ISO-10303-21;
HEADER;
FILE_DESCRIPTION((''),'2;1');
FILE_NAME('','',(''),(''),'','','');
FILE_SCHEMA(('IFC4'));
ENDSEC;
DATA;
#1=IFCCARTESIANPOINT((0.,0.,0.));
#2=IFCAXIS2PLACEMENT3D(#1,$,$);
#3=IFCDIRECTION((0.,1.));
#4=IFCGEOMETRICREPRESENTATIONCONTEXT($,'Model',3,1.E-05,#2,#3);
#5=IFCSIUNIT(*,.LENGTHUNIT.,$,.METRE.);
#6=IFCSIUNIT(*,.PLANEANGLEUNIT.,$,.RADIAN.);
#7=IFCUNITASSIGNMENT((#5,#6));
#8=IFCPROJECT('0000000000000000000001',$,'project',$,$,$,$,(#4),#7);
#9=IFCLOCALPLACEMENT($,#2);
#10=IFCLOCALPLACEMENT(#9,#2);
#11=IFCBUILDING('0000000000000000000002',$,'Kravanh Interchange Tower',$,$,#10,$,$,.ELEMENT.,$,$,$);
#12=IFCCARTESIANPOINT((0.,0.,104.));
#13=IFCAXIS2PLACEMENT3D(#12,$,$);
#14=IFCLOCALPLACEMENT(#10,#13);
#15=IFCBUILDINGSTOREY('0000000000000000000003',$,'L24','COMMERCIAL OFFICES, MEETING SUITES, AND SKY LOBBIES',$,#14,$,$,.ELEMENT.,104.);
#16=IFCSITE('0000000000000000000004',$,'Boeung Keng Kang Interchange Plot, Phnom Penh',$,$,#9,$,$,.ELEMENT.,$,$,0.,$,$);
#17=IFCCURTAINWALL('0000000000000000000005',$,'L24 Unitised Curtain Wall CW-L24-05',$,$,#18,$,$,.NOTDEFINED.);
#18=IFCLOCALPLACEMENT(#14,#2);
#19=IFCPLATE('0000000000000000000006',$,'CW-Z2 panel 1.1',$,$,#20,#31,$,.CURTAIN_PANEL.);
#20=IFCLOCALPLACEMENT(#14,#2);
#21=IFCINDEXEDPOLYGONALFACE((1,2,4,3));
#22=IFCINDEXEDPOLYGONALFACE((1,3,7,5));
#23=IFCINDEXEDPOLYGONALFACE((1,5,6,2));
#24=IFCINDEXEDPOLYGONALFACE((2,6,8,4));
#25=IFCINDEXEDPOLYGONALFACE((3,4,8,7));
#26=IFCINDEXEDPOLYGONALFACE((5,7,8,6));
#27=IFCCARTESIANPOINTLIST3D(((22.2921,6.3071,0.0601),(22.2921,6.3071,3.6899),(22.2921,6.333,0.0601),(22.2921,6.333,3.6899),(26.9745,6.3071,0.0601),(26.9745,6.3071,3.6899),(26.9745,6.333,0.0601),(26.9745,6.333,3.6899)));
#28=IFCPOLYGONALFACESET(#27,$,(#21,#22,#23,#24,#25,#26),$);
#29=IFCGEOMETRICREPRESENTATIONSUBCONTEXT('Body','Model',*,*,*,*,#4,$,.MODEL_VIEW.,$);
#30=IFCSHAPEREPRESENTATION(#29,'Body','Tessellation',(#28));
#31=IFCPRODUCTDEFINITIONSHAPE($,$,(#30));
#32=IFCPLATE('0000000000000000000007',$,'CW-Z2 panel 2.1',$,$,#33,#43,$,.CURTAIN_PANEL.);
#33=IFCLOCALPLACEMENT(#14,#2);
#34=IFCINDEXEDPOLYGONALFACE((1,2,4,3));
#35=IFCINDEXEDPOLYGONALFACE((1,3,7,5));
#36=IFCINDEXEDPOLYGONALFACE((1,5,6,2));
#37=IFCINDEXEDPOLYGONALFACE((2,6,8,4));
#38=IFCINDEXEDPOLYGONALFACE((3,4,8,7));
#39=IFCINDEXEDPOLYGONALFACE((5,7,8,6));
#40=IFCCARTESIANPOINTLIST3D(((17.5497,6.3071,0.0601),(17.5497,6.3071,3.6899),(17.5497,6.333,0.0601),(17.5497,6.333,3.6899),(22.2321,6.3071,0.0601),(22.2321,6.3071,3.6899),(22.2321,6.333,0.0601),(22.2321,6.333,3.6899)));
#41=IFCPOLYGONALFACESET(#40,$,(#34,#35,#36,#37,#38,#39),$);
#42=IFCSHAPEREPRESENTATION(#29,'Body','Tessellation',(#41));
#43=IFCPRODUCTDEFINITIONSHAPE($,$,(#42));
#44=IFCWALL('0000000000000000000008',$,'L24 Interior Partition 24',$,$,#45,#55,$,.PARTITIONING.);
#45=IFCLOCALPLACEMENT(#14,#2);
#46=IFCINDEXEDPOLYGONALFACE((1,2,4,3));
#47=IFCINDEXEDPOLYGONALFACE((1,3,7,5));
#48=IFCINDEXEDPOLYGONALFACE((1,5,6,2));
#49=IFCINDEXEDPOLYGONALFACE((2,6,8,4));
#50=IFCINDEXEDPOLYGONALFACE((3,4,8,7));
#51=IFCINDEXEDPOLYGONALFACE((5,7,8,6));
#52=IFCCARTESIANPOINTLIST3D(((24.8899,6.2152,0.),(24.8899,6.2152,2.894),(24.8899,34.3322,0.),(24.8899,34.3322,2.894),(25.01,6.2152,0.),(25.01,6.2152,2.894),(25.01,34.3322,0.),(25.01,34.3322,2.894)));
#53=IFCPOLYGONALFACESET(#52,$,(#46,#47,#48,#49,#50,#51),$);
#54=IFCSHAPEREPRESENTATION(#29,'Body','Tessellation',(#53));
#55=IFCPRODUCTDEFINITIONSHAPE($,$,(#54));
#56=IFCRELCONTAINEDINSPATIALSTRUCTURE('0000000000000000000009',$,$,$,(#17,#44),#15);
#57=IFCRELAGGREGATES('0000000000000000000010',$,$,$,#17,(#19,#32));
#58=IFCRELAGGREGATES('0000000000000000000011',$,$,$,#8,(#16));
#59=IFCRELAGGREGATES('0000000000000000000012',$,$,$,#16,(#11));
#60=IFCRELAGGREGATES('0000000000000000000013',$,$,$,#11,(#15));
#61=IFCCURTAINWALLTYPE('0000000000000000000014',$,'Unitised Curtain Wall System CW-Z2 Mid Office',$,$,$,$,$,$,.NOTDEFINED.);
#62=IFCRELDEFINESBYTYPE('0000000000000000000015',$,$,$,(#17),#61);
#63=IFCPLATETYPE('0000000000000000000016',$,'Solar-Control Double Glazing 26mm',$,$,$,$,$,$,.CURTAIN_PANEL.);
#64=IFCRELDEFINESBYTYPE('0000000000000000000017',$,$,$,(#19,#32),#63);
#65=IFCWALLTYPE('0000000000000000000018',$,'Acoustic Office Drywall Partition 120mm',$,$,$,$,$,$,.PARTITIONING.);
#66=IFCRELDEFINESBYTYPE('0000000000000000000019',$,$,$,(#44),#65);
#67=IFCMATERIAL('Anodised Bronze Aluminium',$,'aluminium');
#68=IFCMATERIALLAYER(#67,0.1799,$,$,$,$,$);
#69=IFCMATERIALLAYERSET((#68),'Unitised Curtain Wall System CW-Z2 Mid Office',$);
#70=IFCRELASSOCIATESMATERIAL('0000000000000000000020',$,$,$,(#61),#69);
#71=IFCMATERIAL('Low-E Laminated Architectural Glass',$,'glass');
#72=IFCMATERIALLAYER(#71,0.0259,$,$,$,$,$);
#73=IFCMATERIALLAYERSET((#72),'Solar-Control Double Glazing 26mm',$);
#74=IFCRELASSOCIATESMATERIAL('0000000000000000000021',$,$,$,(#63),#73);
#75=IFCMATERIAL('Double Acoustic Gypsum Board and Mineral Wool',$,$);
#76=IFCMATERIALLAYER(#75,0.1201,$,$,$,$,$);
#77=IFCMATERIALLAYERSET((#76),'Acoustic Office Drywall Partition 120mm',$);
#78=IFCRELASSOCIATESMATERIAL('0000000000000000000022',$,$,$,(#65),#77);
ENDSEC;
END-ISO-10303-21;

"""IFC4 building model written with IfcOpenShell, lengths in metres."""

from ifc_helpers import new_model, si_unit, direction, frame, frame_2d, origin, origin_2d, place, context, subcontext, project, spatial, rectangle, extrude, material, layer, layer_set, type_object, element, aggregate, save


model = new_model("IFC4")

# Units and contexts
model_context = context("Model", 3, precision=1e-05, world=origin(), true_north=direction((0.0, 1.0)))
body_context = subcontext(model_context, "Body", "Model", "MODEL_VIEW")
ifc_project = project(units=[si_unit("LENGTHUNIT", "METRE"), si_unit("PLANEANGLEUNIT", "RADIAN")], contexts=[model_context])

# Site, building, storey
site_placement = place(None, origin())
site = spatial("IfcSite", under=ifc_project, at=site_placement, Name="Boeung Keng Kang Interchange Plot, Phnom Penh", CompositionType="ELEMENT", RefElevation=0.0)
building_placement = place(site_placement, origin())
building = spatial("IfcBuilding", under=site, at=building_placement, Name="Kravanh Interchange Tower", CompositionType="ELEMENT")
storey_placement = place(building_placement, frame((0.0, 0.0, 104.0)))
storey = spatial("IfcBuildingStorey", under=building, at=storey_placement, Name="L24", Description="COMMERCIAL OFFICES, MEETING SUITES, AND SKY LOBBIES", CompositionType="ELEMENT", Elevation=104.0)

# Curtain wall
ifc_material_1 = material(Name="Anodised Bronze Aluminium", Category="aluminium")
ifc_layer_1 = layer(ifc_material_1, 0.1799)
ifc_layer_set_1 = layer_set([ifc_layer_1], Name="Unitised Curtain Wall System CW-Z2 Mid Office")
curtain_wall_type = type_object("IfcCurtainWallType", Name="Unitised Curtain Wall System CW-Z2 Mid Office", PredefinedType="NOTDEFINED", material=ifc_layer_set_1)
curtain_wall_1_placement = place(storey_placement, origin())
curtain_wall_1 = element("IfcCurtainWall", 1, at=curtain_wall_1_placement, inside=storey, type_object=curtain_wall_type, Name="L24 Unitised Curtain Wall CW-L24-05", PredefinedType="NOTDEFINED")

# Plates
ifc_material_2 = material(Name="Low-E Laminated Architectural Glass", Category="glass")
ifc_layer_2 = layer(ifc_material_2, 0.0259)
ifc_layer_set_2 = layer_set([ifc_layer_2], Name="Solar-Control Double Glazing 26mm")
plate_type = type_object("IfcPlateType", Name="Solar-Control Double Glazing 26mm", PredefinedType="CURTAIN_PANEL", material=ifc_layer_set_2)
plate_1_placement = place(storey_placement, frame((24.6333, 6.3201, 0.0601), z_axis=(0.0, 0.0, 1.0), x_axis=(-1.0, 0.0, 0.0)))
plate_1 = element("IfcPlate", 2, at=plate_1_placement, type_object=plate_type, Name="CW-Z2 panel 1.1", PredefinedType="CURTAIN_PANEL", context=body_context, shape_type="SweptSolid", body=[
    extrude(rectangle(XDim=4.6824, YDim=0.0259, at=origin_2d()), origin(), (0.0, 0.0, 1.0), 3.6299),
])
plate_2_placement = place(storey_placement, frame((19.8909, 6.3201, 0.0601), z_axis=(0.0, 0.0, 1.0), x_axis=(-1.0, 0.0, 0.0)))
plate_2 = element("IfcPlate", 3, at=plate_2_placement, type_object=plate_type, Name="CW-Z2 panel 2.1", PredefinedType="CURTAIN_PANEL", context=body_context, shape_type="SweptSolid", body=[
    extrude(rectangle(XDim=4.6824, YDim=0.0259, at=origin_2d()), origin(), (0.0, 0.0, 1.0), 3.6299),
])
aggregate(curtain_wall_1, [plate_1, plate_2])

# Wall
ifc_material_3 = material(Name="Double Acoustic Gypsum Board and Mineral Wool")
ifc_layer_3 = layer(ifc_material_3, 0.1201)
ifc_layer_set_3 = layer_set([ifc_layer_3], Name="Acoustic Office Drywall Partition 120mm")
wall_type = type_object("IfcWallType", Name="Acoustic Office Drywall Partition 120mm", PredefinedType="PARTITIONING", material=ifc_layer_set_3)
wall_placement = place(storey_placement, frame((24.95, 6.2151, 0.0), z_axis=(0.0, 0.0, 1.0), x_axis=(0.0, 1.0, 0.0)))
element("IfcWall", 4, at=wall_placement, inside=storey, type_object=wall_type, Name="L24 Interior Partition 24", PredefinedType="PARTITIONING", context=body_context, shape_type="SweptSolid", body=[
    extrude(rectangle(XDim=28.1169, YDim=0.1201, at=frame_2d((14.0586, 0.0))), origin(), (0.0, 0.0, 1.0), 2.894),
])

save(model, "model.ifc")
